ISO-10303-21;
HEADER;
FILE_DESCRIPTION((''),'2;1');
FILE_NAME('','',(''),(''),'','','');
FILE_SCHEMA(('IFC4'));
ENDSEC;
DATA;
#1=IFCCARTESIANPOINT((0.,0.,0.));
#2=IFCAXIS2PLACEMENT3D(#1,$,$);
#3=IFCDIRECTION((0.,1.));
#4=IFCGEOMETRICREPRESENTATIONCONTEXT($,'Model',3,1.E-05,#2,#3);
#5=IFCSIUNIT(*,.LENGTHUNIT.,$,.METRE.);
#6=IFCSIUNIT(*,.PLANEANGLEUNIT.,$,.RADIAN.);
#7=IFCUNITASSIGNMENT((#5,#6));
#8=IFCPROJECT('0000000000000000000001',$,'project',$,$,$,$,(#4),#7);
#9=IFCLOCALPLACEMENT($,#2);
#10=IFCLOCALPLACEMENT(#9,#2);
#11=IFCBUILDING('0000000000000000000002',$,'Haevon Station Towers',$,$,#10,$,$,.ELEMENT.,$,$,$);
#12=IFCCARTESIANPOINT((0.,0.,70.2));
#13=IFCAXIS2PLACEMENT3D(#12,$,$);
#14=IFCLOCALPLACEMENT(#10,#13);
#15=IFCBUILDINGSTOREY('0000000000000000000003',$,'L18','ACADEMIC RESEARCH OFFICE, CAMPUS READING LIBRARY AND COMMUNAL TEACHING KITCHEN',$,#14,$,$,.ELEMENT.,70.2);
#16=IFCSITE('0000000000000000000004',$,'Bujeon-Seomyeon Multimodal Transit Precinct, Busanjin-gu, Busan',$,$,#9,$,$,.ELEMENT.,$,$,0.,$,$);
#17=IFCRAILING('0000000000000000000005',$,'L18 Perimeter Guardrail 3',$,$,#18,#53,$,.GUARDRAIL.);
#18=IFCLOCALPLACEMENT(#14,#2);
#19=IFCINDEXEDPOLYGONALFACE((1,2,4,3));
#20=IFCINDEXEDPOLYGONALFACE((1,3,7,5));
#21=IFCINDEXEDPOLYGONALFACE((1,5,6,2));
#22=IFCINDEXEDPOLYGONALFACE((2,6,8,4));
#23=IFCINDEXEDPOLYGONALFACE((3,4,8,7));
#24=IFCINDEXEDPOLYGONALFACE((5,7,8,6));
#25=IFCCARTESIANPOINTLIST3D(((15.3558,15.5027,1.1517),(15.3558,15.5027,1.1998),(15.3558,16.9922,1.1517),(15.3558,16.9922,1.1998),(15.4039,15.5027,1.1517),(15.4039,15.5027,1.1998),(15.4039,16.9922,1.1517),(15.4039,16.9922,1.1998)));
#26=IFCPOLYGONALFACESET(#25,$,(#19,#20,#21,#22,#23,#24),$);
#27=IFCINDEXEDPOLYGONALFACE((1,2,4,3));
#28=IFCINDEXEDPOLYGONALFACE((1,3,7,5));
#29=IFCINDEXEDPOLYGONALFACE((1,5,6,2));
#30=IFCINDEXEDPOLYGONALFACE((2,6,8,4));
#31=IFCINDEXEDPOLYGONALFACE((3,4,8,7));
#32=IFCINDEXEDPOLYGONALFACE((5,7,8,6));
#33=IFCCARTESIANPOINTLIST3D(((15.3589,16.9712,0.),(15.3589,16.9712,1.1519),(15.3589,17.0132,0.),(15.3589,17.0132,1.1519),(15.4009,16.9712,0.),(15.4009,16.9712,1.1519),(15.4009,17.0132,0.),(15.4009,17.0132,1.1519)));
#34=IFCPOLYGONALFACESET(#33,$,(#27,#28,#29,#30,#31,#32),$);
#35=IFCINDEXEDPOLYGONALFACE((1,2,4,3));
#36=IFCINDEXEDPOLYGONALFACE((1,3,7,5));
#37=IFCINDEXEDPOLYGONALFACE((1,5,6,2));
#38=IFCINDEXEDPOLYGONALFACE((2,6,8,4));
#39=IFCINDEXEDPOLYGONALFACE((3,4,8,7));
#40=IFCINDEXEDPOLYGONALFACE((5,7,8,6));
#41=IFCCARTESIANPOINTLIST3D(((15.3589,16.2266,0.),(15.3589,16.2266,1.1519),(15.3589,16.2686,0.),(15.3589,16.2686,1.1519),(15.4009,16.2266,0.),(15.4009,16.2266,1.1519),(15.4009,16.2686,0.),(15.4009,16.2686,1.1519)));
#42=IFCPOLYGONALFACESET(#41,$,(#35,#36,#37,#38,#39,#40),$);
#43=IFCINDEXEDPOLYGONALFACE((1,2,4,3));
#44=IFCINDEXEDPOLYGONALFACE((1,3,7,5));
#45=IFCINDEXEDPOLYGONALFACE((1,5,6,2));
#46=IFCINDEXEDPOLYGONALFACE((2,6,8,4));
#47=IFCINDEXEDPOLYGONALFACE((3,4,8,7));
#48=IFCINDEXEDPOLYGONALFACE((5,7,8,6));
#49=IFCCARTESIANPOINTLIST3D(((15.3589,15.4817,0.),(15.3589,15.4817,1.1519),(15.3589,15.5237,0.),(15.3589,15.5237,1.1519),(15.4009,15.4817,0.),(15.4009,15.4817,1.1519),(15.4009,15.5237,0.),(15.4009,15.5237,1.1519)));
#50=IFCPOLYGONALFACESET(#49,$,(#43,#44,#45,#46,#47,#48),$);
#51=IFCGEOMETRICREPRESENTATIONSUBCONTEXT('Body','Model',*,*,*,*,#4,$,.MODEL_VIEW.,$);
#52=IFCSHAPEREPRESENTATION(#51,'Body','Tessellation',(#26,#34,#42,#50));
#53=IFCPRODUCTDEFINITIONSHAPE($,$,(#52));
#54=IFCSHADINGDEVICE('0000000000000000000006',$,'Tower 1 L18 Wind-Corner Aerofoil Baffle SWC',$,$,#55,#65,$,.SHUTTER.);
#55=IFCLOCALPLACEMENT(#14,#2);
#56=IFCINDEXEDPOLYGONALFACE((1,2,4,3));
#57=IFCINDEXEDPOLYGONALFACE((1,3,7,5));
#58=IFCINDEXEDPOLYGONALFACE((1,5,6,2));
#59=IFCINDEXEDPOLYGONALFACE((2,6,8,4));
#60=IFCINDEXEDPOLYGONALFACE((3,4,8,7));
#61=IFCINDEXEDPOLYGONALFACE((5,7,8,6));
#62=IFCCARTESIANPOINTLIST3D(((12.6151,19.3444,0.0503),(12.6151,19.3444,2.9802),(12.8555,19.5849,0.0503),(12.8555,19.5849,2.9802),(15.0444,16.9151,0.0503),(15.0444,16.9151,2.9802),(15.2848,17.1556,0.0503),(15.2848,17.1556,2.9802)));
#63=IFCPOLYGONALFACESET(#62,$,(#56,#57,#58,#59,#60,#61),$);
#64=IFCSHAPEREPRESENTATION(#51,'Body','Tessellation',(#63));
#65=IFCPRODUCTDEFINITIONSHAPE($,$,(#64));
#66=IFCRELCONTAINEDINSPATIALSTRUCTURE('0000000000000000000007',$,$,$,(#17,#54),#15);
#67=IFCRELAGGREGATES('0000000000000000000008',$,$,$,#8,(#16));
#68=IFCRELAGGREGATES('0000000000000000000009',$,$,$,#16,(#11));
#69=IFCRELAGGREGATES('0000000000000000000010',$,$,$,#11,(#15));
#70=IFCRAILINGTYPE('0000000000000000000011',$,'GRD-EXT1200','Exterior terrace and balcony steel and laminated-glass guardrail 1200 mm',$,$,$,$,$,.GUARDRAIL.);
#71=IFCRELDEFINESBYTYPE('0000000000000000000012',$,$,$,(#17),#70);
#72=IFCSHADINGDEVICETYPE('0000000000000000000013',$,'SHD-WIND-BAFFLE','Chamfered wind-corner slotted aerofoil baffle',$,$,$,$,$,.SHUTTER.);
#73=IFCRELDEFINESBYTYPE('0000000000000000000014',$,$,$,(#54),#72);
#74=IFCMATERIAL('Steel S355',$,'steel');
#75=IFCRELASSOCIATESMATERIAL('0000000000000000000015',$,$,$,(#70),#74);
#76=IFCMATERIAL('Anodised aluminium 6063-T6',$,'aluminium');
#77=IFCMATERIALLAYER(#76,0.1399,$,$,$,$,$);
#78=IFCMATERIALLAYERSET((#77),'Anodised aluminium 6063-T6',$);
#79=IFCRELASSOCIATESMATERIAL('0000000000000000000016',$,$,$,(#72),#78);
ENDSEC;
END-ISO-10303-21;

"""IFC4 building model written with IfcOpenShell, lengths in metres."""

from ifc_helpers import new_model, si_unit, direction, frame, origin, origin_2d, place, context, subcontext, project, spatial, rectangle, extrude, material, layer, layer_set, type_object, element, save


model = new_model("IFC4")

# Units and contexts
model_context = context("Model", 3, precision=1e-05, world=origin(), true_north=direction((0.0, 1.0)))
body_context = subcontext(model_context, "Body", "Model", "MODEL_VIEW")
ifc_project = project(units=[si_unit("LENGTHUNIT", "METRE"), si_unit("PLANEANGLEUNIT", "RADIAN")], contexts=[model_context])

# Site, building, storey
site_placement = place(None, origin())
site = spatial("IfcSite", under=ifc_project, at=site_placement, Name="Bujeon-Seomyeon Multimodal Transit Precinct, Busanjin-gu, Busan", CompositionType="ELEMENT", RefElevation=0.0)
building_placement = place(site_placement, origin())
building = spatial("IfcBuilding", under=site, at=building_placement, Name="Haevon Station Towers", CompositionType="ELEMENT")
storey_placement = place(building_placement, frame((0.0, 0.0, 70.2)))
storey = spatial("IfcBuildingStorey", under=building, at=storey_placement, Name="L18", Description="ACADEMIC RESEARCH OFFICE, CAMPUS READING LIBRARY AND COMMUNAL TEACHING KITCHEN", CompositionType="ELEMENT", Elevation=70.2)

# Shared definitions
ifc_material_1 = material(Name="Steel S355", Category="steel")

# Railing
railing_type = type_object("IfcRailingType", Name="GRD-EXT1200", Description="Exterior terrace and balcony steel and laminated-glass guardrail 1200 mm", PredefinedType="GUARDRAIL", material=ifc_material_1)
railing_1_placement = place(storey_placement, frame((15.3799, 16.9922, 0.0)))
element("IfcRailing", 1, at=railing_1_placement, inside=storey, type_object=railing_type, Name="L18 Perimeter Guardrail 3", PredefinedType="GUARDRAIL", context=body_context, shape_type="SweptSolid", body=[
    extrude(rectangle(XDim=0.0481, YDim=0.0481, at=origin_2d()), frame((0.0, 0.0, 1.1758), z_axis=(0.0, -1.0, 0.0), x_axis=(1.0, 0.0, 0.0)), (0.0, 0.0, 1.0), 1.4895),
    extrude(rectangle(XDim=0.042, YDim=0.042, at=origin_2d()), origin(), (0.0, 0.0, 1.0), 1.1519),
    extrude(rectangle(XDim=0.042, YDim=0.042, at=origin_2d()), frame((0.0, -0.7446, 0.0)), (0.0, 0.0, 1.0), 1.1519),
    extrude(rectangle(XDim=0.042, YDim=0.042, at=origin_2d()), frame((0.0, -1.4895, 0.0)), (0.0, 0.0, 1.0), 1.1519),
])

# Shading device
ifc_material_2 = material(Name="Anodised aluminium 6063-T6", Category="aluminium")
ifc_layer_1 = layer(ifc_material_2, 0.1399)
ifc_layer_set_1 = layer_set([ifc_layer_1], Name="Anodised aluminium 6063-T6")
shading_device_type = type_object("IfcShadingDeviceType", Name="SHD-WIND-BAFFLE", Description="Chamfered wind-corner slotted aerofoil baffle", PredefinedType="SHUTTER", material=ifc_layer_set_1)
shading_device_placement = place(storey_placement, frame((13.95, 18.25, 0.0503), z_axis=(0.0, 0.0, 1.0), x_axis=(-0.707107, 0.707107, 0.0)))
element("IfcShadingDevice", 2, at=shading_device_placement, inside=storey, type_object=shading_device_type, Name="Tower 1 L18 Wind-Corner Aerofoil Baffle SWC", PredefinedType="SHUTTER", context=body_context, shape_type="SweptSolid", body=[
    extrude(rectangle(XDim=3.4355, YDim=0.3401, at=origin_2d()), origin(), (0.0, 0.0, 1.0), 2.9299),
])

save(model, "model.ifc")
